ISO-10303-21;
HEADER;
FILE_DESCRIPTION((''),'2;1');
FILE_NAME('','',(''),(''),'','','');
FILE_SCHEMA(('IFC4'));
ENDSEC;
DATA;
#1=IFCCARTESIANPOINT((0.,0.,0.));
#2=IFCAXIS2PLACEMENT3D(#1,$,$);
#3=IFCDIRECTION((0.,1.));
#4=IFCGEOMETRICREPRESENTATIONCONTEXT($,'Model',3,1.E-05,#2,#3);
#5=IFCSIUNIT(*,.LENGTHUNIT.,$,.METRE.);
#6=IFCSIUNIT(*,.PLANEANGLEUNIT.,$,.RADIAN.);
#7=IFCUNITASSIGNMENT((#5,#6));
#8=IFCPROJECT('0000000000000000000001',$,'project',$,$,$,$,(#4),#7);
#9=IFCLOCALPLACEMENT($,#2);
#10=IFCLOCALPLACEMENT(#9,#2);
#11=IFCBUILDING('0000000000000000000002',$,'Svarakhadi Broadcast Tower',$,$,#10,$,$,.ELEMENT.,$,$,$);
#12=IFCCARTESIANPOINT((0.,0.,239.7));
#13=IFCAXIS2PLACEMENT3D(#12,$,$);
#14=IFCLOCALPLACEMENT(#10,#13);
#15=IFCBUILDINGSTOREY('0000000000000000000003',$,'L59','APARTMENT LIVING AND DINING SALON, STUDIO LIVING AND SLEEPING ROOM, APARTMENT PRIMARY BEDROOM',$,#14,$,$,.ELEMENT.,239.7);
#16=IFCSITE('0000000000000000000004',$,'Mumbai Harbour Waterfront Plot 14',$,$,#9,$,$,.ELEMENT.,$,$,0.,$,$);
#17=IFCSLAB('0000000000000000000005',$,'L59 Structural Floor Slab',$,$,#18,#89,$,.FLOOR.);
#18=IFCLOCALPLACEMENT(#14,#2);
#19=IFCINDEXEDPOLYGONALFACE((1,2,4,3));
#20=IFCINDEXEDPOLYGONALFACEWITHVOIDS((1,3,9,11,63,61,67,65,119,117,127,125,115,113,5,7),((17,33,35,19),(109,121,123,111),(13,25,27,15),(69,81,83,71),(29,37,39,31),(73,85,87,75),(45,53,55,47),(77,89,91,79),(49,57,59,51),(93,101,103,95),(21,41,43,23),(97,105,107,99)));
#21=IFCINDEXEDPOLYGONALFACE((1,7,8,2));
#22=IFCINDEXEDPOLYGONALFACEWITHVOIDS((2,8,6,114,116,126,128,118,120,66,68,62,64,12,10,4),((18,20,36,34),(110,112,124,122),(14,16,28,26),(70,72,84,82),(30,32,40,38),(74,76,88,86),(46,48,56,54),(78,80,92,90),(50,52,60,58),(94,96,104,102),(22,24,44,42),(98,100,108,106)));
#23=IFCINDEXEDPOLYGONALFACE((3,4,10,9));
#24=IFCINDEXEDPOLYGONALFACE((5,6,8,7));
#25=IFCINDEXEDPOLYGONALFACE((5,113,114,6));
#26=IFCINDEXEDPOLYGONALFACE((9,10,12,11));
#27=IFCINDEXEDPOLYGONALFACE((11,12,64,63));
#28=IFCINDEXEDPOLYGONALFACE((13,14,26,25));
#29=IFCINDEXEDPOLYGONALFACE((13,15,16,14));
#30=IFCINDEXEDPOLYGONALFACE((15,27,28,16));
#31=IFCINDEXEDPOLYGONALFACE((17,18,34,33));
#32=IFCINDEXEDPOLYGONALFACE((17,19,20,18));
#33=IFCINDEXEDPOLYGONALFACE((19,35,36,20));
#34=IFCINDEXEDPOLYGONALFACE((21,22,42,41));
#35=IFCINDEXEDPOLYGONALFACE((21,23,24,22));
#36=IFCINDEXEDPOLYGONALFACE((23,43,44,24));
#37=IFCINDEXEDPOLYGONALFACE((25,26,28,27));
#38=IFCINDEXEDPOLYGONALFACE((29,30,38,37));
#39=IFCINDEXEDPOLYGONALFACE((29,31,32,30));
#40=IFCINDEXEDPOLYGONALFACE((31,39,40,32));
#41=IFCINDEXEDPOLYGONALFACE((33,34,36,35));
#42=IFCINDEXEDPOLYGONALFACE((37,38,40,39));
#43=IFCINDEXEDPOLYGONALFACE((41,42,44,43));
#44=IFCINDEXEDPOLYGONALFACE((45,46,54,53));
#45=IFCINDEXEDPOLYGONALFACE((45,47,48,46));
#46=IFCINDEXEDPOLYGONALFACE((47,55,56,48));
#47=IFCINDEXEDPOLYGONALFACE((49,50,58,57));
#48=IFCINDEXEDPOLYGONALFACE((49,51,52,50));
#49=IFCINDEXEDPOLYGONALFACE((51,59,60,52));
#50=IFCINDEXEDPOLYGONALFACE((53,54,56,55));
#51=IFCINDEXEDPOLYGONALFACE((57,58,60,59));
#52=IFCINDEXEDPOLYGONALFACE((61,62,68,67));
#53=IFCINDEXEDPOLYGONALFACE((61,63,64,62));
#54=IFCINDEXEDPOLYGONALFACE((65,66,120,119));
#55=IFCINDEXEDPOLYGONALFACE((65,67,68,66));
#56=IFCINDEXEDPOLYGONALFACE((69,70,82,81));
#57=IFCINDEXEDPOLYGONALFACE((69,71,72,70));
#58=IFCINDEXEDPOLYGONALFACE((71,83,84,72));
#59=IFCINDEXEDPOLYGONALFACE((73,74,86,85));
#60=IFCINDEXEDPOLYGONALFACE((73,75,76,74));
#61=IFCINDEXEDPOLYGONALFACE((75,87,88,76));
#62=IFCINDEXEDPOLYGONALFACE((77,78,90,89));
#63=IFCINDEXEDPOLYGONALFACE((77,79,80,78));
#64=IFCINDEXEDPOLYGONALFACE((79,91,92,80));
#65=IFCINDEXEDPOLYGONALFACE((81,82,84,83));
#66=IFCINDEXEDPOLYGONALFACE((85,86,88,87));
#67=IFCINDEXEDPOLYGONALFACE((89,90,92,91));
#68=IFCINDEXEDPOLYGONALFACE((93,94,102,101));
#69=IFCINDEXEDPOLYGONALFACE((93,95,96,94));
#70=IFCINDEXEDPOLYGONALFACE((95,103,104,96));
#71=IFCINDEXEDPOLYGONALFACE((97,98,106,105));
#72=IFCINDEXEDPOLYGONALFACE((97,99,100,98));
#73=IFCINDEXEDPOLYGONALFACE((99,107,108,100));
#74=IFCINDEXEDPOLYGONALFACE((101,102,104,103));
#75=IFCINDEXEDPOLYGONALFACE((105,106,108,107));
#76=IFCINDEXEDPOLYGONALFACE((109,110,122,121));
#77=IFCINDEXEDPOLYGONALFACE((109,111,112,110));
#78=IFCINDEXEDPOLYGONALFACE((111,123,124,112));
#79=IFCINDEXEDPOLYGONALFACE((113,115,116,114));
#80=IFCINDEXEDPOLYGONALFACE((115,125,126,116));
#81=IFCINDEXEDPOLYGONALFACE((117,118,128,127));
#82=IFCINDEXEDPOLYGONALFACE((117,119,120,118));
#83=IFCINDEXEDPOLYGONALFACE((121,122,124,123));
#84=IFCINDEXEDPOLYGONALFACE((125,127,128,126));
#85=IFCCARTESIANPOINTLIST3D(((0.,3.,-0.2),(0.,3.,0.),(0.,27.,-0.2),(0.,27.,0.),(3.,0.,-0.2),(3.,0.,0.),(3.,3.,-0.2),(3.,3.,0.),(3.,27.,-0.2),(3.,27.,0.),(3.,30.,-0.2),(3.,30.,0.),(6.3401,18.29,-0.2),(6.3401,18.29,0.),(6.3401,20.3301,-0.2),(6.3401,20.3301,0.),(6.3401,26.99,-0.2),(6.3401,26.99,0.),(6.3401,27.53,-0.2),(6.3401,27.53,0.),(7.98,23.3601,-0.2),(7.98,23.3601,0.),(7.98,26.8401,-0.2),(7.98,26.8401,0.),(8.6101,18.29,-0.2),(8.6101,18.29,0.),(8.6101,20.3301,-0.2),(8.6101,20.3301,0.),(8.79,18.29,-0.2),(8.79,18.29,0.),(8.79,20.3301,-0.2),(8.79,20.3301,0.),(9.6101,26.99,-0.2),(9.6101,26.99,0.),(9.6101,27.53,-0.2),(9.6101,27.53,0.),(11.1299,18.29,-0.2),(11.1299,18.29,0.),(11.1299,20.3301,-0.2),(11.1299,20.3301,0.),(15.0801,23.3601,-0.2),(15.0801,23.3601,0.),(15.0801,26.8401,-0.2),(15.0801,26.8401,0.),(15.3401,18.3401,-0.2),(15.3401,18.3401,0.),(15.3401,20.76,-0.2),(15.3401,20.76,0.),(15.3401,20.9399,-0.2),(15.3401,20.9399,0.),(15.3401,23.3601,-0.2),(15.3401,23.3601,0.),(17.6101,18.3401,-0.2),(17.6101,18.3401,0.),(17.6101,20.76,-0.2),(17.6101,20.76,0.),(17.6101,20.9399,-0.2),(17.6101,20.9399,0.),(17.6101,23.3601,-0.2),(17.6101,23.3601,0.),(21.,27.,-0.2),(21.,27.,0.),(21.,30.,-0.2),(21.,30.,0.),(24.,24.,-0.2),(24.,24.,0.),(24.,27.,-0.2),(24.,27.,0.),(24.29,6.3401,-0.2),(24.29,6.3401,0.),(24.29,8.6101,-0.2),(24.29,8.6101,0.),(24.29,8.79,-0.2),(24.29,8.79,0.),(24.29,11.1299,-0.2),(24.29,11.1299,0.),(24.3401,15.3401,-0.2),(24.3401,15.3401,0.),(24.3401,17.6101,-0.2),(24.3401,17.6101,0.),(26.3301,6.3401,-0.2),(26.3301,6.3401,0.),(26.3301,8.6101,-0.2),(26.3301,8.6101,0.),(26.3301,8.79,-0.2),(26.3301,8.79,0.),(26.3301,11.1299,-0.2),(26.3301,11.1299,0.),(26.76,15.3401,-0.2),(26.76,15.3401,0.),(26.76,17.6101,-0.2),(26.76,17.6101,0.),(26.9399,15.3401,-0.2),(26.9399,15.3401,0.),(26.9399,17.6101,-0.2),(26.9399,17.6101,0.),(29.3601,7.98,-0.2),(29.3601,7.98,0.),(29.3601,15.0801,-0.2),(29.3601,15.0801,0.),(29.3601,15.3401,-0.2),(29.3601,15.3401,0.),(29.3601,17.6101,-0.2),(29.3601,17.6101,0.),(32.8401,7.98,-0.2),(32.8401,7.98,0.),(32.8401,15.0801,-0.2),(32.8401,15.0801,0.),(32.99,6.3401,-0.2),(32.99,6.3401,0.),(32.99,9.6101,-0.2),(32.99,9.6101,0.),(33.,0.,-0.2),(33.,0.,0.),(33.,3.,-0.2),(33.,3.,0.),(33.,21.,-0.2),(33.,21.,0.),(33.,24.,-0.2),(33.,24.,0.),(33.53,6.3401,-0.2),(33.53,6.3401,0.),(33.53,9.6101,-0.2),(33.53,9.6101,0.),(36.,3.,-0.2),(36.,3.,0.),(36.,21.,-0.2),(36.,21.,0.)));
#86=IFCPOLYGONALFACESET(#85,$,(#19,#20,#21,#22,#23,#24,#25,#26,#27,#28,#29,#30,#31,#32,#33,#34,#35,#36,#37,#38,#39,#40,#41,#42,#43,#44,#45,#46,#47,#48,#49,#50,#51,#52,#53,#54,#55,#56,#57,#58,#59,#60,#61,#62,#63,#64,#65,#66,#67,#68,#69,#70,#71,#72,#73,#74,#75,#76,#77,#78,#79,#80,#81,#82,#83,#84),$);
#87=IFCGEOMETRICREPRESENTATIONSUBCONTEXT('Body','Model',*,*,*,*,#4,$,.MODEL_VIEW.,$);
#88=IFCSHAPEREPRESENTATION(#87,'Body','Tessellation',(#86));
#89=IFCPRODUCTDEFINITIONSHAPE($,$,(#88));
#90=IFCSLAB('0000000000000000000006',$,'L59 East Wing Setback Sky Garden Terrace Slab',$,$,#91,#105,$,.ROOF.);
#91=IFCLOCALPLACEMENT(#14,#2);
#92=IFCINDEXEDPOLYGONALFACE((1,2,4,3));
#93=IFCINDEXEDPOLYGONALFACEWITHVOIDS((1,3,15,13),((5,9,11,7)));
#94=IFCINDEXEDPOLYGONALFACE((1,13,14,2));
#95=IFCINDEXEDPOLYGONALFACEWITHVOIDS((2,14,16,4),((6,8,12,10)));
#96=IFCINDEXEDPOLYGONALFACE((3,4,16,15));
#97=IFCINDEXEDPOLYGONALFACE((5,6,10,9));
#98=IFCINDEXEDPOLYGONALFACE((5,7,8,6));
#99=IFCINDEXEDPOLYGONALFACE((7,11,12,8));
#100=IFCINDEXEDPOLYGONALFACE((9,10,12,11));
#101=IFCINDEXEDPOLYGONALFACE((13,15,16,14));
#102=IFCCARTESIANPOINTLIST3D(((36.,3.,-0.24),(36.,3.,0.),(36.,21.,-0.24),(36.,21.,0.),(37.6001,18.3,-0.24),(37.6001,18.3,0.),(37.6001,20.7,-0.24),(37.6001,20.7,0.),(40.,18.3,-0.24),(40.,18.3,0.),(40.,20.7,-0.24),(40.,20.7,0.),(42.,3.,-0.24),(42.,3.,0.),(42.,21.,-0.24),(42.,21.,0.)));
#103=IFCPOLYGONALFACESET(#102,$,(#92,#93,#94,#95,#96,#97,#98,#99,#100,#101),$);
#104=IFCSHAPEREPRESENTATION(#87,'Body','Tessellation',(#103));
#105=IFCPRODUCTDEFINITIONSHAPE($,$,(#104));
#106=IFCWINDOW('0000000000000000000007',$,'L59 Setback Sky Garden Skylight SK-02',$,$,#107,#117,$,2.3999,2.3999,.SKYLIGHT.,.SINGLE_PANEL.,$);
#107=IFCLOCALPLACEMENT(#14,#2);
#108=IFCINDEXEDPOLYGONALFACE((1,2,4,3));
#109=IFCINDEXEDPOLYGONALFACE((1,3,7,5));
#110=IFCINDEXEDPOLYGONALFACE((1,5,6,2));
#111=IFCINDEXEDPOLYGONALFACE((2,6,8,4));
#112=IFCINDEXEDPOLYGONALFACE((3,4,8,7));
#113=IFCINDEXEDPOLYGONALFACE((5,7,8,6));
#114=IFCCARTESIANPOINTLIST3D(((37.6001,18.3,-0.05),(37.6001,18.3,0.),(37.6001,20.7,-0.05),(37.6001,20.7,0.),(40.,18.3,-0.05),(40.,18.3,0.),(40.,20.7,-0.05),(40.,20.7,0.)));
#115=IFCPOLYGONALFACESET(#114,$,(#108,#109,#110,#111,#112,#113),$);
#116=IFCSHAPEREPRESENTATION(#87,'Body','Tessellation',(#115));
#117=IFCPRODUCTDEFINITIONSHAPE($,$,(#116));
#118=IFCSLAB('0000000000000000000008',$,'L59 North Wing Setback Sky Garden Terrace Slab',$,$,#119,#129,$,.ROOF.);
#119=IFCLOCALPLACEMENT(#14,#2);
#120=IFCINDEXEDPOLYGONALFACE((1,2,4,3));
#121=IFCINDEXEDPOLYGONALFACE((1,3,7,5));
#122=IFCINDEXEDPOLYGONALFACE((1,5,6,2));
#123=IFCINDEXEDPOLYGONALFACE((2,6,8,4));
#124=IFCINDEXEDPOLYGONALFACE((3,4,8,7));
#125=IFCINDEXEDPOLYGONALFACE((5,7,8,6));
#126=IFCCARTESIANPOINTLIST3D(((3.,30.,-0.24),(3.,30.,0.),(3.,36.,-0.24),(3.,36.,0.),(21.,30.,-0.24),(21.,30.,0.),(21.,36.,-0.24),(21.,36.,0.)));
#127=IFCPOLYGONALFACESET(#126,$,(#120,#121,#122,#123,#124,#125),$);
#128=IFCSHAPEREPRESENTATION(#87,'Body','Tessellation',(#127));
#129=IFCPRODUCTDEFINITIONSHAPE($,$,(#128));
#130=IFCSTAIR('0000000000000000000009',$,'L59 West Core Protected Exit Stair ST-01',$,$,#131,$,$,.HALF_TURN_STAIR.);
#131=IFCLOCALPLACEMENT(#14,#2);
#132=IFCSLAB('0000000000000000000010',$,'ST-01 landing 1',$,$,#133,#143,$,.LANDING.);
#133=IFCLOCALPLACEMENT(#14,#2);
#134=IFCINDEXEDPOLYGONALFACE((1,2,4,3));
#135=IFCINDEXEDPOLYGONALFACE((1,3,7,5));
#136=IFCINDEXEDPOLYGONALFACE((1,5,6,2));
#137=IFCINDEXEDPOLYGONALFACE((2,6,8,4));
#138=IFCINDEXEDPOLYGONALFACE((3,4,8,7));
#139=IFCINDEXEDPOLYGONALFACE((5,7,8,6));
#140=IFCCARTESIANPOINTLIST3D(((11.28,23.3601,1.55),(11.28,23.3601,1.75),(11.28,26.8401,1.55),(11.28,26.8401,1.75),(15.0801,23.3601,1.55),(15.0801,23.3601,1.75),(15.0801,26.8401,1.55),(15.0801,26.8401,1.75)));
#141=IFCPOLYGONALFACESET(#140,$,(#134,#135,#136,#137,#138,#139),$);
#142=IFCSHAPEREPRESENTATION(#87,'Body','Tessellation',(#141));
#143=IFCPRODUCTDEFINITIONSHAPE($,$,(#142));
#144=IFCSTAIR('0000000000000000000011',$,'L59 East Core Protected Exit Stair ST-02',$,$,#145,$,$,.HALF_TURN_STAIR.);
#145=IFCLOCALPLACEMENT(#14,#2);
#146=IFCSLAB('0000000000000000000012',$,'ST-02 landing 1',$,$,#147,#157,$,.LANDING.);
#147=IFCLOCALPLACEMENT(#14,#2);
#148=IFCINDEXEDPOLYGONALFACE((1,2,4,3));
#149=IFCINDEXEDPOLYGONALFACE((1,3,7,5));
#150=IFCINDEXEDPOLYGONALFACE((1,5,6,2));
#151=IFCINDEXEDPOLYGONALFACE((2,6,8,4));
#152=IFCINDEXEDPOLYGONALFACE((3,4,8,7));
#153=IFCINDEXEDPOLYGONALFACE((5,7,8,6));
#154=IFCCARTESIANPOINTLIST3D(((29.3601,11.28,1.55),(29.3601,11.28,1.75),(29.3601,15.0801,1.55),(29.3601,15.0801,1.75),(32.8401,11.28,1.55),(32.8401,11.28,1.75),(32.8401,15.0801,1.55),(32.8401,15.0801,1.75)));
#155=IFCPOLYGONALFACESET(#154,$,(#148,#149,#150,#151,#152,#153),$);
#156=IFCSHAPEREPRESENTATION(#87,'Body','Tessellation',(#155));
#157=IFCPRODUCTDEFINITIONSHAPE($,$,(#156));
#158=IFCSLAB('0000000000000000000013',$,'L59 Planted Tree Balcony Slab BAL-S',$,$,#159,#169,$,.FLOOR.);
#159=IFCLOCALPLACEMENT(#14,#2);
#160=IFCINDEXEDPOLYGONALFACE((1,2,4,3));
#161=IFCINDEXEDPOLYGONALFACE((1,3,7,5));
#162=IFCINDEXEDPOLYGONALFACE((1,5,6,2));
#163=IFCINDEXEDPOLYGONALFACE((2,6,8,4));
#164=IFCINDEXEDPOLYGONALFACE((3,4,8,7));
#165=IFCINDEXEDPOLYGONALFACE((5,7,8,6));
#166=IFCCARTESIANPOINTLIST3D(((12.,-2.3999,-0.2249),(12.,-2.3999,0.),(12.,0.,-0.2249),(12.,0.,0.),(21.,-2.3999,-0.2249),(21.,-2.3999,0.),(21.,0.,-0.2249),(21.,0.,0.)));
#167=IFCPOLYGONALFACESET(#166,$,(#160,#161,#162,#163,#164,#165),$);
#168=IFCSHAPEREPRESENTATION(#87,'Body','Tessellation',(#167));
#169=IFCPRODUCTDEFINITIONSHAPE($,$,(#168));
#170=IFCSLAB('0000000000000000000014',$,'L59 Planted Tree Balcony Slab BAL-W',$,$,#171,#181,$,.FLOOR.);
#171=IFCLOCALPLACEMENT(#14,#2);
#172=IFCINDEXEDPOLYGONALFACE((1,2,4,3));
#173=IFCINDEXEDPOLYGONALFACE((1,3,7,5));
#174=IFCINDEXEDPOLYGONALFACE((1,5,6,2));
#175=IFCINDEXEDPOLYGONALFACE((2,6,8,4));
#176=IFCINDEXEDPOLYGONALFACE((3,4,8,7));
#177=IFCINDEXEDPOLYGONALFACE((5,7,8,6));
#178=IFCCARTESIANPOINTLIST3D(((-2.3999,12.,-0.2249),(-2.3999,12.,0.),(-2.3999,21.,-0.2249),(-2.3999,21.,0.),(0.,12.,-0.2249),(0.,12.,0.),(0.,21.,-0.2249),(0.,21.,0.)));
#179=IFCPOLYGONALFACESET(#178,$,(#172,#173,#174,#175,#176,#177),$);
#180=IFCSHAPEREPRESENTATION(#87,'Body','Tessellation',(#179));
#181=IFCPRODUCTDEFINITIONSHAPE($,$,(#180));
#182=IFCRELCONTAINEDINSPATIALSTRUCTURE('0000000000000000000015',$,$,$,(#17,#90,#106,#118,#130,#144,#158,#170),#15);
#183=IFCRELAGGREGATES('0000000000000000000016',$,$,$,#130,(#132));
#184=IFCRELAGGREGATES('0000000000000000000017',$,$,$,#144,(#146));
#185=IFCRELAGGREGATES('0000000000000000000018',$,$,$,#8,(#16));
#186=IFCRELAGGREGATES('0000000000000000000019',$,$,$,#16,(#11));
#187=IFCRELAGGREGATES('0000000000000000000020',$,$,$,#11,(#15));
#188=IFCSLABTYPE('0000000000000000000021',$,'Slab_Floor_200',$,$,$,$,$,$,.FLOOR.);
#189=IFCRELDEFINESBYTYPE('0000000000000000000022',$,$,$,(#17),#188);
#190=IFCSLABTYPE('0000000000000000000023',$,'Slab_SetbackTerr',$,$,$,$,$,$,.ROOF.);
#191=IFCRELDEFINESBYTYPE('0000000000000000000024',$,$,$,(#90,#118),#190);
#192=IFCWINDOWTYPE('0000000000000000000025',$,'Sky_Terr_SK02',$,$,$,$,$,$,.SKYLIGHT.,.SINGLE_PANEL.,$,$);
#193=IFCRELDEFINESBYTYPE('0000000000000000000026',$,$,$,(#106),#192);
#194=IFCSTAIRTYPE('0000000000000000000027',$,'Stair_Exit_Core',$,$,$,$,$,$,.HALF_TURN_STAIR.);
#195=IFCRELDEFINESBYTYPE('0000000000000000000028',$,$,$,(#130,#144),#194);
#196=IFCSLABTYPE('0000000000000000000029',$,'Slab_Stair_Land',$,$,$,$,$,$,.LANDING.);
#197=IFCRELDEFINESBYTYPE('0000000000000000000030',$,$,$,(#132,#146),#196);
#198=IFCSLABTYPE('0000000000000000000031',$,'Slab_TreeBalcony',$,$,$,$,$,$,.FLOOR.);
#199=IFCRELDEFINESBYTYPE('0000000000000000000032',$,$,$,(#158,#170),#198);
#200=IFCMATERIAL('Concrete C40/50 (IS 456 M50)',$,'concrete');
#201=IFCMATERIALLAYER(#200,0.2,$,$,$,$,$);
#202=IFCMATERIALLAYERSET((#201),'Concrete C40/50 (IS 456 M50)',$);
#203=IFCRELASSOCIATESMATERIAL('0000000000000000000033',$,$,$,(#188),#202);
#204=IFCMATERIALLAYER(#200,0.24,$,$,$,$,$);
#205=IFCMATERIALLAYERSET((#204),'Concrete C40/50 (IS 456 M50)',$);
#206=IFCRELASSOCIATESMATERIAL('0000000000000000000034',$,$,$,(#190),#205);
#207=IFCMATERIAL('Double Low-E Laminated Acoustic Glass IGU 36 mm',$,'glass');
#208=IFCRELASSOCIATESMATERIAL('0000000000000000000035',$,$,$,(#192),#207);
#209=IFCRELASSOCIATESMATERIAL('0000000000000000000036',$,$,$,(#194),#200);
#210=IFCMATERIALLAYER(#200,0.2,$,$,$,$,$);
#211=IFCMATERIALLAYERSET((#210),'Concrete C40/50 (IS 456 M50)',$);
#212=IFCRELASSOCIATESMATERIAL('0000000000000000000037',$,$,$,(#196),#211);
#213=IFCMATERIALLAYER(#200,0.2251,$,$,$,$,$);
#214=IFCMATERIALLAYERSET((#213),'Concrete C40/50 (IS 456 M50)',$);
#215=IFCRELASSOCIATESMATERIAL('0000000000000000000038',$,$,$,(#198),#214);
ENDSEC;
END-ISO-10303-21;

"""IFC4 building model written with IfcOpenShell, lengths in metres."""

from ifc_helpers import new_model, si_unit, direction, frame, origin, origin_2d, place, context, subcontext, project, spatial, polyline, rectangle, outline, extrude, material, layer, layer_set, type_object, element, fill, aggregate, save


model = new_model("IFC4")

# Units and contexts
model_context = context("Model", 3, precision=1e-05, world=origin(), true_north=direction((0.0, 1.0)))
body_context = subcontext(model_context, "Body", "Model", "MODEL_VIEW")
ifc_project = project(units=[si_unit("LENGTHUNIT", "METRE"), si_unit("PLANEANGLEUNIT", "RADIAN")], contexts=[model_context])

# Site, building, storey
site_placement = place(None, origin())
site = spatial("IfcSite", under=ifc_project, at=site_placement, Name="Mumbai Harbour Waterfront Plot 14", CompositionType="ELEMENT", RefElevation=0.0)
building_placement = place(site_placement, origin())
building = spatial("IfcBuilding", under=site, at=building_placement, Name="Svarakhadi Broadcast Tower", CompositionType="ELEMENT")
storey_placement = place(building_placement, frame((0.0, 0.0, 239.7)))
storey = spatial("IfcBuildingStorey", under=building, at=storey_placement, Name="L59", Description="APARTMENT LIVING AND DINING SALON, STUDIO LIVING AND SLEEPING ROOM, APARTMENT PRIMARY BEDROOM", CompositionType="ELEMENT", Elevation=239.7)

# Shared definitions
ifc_material_1 = material(Name="Double Low-E Laminated Acoustic Glass IGU 36 mm", Category="glass")

# Slab
ifc_material_2 = material(Name="Concrete C40/50 (IS 456 M50)", Category="concrete")
ifc_layer_1 = layer(ifc_material_2, 0.2)
ifc_layer_set_1 = layer_set([ifc_layer_1], Name="Concrete C40/50 (IS 456 M50)")
slab_type_1 = type_object("IfcSlabType", Name="Slab_Floor_200", PredefinedType="FLOOR", material=ifc_layer_set_1)
slab_1_placement = place(storey_placement, frame((0.0, 0.0, -0.2)))
element("IfcSlab", 1, at=slab_1_placement, inside=storey, type_object=slab_type_1, Name="L59 Structural Floor Slab", PredefinedType="FLOOR", context=body_context, shape_type="SweptSolid", body=[
    extrude(outline(polyline([(3.0, 0.0), (33.0, 0.0), (33.0, 3.0), (36.0, 3.0), (36.0, 21.0), (33.0, 21.0), (33.0, 24.0), (24.0, 24.0), (24.0, 27.0), (21.0, 27.0), (21.0, 30.0), (3.0, 30.0), (3.0, 27.0), (0.0, 27.0), (0.0, 3.0), (3.0, 3.0), (3.0, 0.0)]), holes=[polyline([(7.98, 23.3601), (15.0801, 23.3601), (15.0801, 26.8401), (7.98, 26.8401), (7.98, 23.3601)]), polyline([(32.8401, 7.98), (32.8401, 15.0801), (29.3601, 15.0801), (29.3601, 7.98), (32.8401, 7.98)]), polyline([(6.3401, 18.29), (8.6101, 18.29), (8.6101, 20.3301), (6.3401, 20.3301), (6.3401, 18.29)]), polyline([(8.79, 18.29), (11.1299, 18.29), (11.1299, 20.3301), (8.79, 20.3301), (8.79, 18.29)]), polyline([(24.29, 6.3401), (26.3301, 6.3401), (26.3301, 8.6101), (24.29, 8.6101), (24.29, 6.3401)]), polyline([(24.29, 8.79), (26.3301, 8.79), (26.3301, 11.1299), (24.29, 11.1299), (24.29, 8.79)]), polyline([(6.3401, 26.99), (9.6101, 26.99), (9.6101, 27.53), (6.3401, 27.53), (6.3401, 26.99)]), polyline([(32.99, 6.3401), (33.53, 6.3401), (33.53, 9.6101), (32.99, 9.6101), (32.99, 6.3401)]), polyline([(15.3401, 18.3401), (17.6101, 18.3401), (17.6101, 20.76), (15.3401, 20.76), (15.3401, 18.3401)]), polyline([(15.3401, 20.9399), (17.6101, 20.9399), (17.6101, 23.3601), (15.3401, 23.3601), (15.3401, 20.9399)]), polyline([(24.3401, 15.3401), (26.76, 15.3401), (26.76, 17.6101), (24.3401, 17.6101), (24.3401, 15.3401)]), polyline([(26.9399, 15.3401), (29.3601, 15.3401), (29.3601, 17.6101), (26.9399, 17.6101), (26.9399, 15.3401)])]), origin(), (0.0, 0.0, 1.0), 0.2),
])

# Slab, opening, window
ifc_layer_2 = layer(ifc_material_2, 0.24)
ifc_layer_set_2 = layer_set([ifc_layer_2], Name="Concrete C40/50 (IS 456 M50)")
slab_type_2 = type_object("IfcSlabType", Name="Slab_SetbackTerr", PredefinedType="ROOF", material=ifc_layer_set_2)
slab_2_placement = place(storey_placement, frame((0.0, 0.0, -0.24)))
slab_2 = element("IfcSlab", 2, at=slab_2_placement, inside=storey, type_object=slab_type_2, Name="L59 East Wing Setback Sky Garden Terrace Slab", PredefinedType="ROOF", context=body_context, shape_type="SweptSolid", body=[
    extrude(outline(polyline([(36.0, 3.0), (42.0, 3.0), (42.0, 21.0), (36.0, 21.0), (36.0, 3.0)])), origin(), (0.0, 0.0, 1.0), 0.24),
])
opening_placement = place(slab_2_placement, frame((38.8, 19.5, -0.01)))
opening = element("IfcOpeningElement", 3, at=opening_placement, cuts=slab_2, PredefinedType="OPENING", context=body_context, shape_type="SweptSolid", body=[
    extrude(rectangle(XDim=2.3999, YDim=2.3999, at=origin_2d()), origin(), (0.0, 0.0, 1.0), 0.26),
])
window_type = type_object("IfcWindowType", Name="Sky_Terr_SK02", PartitioningType="SINGLE_PANEL", PredefinedType="SKYLIGHT", material=ifc_material_1)
window_placement = place(slab_2_placement, frame((38.8, 19.5, 0.1899)))
window = element("IfcWindow", 4, at=window_placement, inside=storey, type_object=window_type, Name="L59 Setback Sky Garden Skylight SK-02", OverallHeight=2.3999, OverallWidth=2.3999, PartitioningType="SINGLE_PANEL", PredefinedType="SKYLIGHT", context=body_context, shape_type="SweptSolid", body=[
    extrude(rectangle(XDim=2.3999, YDim=2.3999, at=origin_2d()), origin(), (0.0, 0.0, 1.0), 0.05),
])
fill(opening, window)

# Slab
slab_3_placement = place(storey_placement, frame((0.0, 0.0, -0.24)))
element("IfcSlab", 5, at=slab_3_placement, inside=storey, type_object=slab_type_2, Name="L59 North Wing Setback Sky Garden Terrace Slab", PredefinedType="ROOF", context=body_context, shape_type="SweptSolid", body=[
    extrude(outline(polyline([(3.0, 30.0), (21.0, 30.0), (21.0, 36.0), (3.0, 36.0), (3.0, 30.0)])), origin(), (0.0, 0.0, 1.0), 0.24),
])

# Stairs, slabs
stair_type = type_object("IfcStairType", Name="Stair_Exit_Core", PredefinedType="HALF_TURN_STAIR", material=ifc_material_2)
stair_1_placement = place(storey_placement, origin())
stair_1 = element("IfcStair", 6, at=stair_1_placement, inside=storey, type_object=stair_type, Name="L59 West Core Protected Exit Stair ST-01", PredefinedType="HALF_TURN_STAIR")
ifc_layer_3 = layer(ifc_material_2, 0.2)
ifc_layer_set_3 = layer_set([ifc_layer_3], Name="Concrete C40/50 (IS 456 M50)")
slab_type_3 = type_object("IfcSlabType", Name="Slab_Stair_Land", PredefinedType="LANDING", material=ifc_layer_set_3)
slab_4_placement = place(storey_placement, frame((0.0, 0.0, 1.55)))
slab_4 = element("IfcSlab", 7, at=slab_4_placement, type_object=slab_type_3, Name="ST-01 landing 1", PredefinedType="LANDING", context=body_context, shape_type="SweptSolid", body=[
    extrude(outline(polyline([(11.28, 23.3601), (15.0801, 23.3601), (15.0801, 26.8401), (11.28, 26.8401), (11.28, 23.3601)])), origin(), (0.0, 0.0, 1.0), 0.2),
])
aggregate(stair_1, [slab_4])
stair_2_placement = place(storey_placement, origin())
stair_2 = element("IfcStair", 8, at=stair_2_placement, inside=storey, type_object=stair_type, Name="L59 East Core Protected Exit Stair ST-02", PredefinedType="HALF_TURN_STAIR")
slab_5_placement = place(storey_placement, frame((0.0, 0.0, 1.55)))
slab_5 = element("IfcSlab", 9, at=slab_5_placement, type_object=slab_type_3, Name="ST-02 landing 1", PredefinedType="LANDING", context=body_context, shape_type="SweptSolid", body=[
    extrude(outline(polyline([(32.8401, 11.28), (32.8401, 15.0801), (29.3601, 15.0801), (29.3601, 11.28), (32.8401, 11.28)])), origin(), (0.0, 0.0, 1.0), 0.2),
])
aggregate(stair_2, [slab_5])

# Slabs
ifc_layer_4 = layer(ifc_material_2, 0.2251)
ifc_layer_set_4 = layer_set([ifc_layer_4], Name="Concrete C40/50 (IS 456 M50)")
slab_type_4 = type_object("IfcSlabType", Name="Slab_TreeBalcony", PredefinedType="FLOOR", material=ifc_layer_set_4)
slab_6_placement = place(storey_placement, frame((0.0, 0.0, -0.2249)))
element("IfcSlab", 10, at=slab_6_placement, inside=storey, type_object=slab_type_4, Name="L59 Planted Tree Balcony Slab BAL-S", PredefinedType="FLOOR", context=body_context, shape_type="SweptSolid", body=[
    extrude(outline(polyline([(12.0, -2.3999), (21.0, -2.3999), (21.0, 0.0), (12.0, 0.0), (12.0, -2.3999)])), origin(), (0.0, 0.0, 1.0), 0.2249),
])
slab_7_placement = place(storey_placement, frame((0.0, 0.0, -0.2249)))
element("IfcSlab", 11, at=slab_7_placement, inside=storey, type_object=slab_type_4, Name="L59 Planted Tree Balcony Slab BAL-W", PredefinedType="FLOOR", context=body_context, shape_type="SweptSolid", body=[
    extrude(outline(polyline([(-2.3999, 12.0), (0.0, 12.0), (0.0, 21.0), (-2.3999, 21.0), (-2.3999, 12.0)])), origin(), (0.0, 0.0, 1.0), 0.2249),
])

save(model, "model.ifc")
